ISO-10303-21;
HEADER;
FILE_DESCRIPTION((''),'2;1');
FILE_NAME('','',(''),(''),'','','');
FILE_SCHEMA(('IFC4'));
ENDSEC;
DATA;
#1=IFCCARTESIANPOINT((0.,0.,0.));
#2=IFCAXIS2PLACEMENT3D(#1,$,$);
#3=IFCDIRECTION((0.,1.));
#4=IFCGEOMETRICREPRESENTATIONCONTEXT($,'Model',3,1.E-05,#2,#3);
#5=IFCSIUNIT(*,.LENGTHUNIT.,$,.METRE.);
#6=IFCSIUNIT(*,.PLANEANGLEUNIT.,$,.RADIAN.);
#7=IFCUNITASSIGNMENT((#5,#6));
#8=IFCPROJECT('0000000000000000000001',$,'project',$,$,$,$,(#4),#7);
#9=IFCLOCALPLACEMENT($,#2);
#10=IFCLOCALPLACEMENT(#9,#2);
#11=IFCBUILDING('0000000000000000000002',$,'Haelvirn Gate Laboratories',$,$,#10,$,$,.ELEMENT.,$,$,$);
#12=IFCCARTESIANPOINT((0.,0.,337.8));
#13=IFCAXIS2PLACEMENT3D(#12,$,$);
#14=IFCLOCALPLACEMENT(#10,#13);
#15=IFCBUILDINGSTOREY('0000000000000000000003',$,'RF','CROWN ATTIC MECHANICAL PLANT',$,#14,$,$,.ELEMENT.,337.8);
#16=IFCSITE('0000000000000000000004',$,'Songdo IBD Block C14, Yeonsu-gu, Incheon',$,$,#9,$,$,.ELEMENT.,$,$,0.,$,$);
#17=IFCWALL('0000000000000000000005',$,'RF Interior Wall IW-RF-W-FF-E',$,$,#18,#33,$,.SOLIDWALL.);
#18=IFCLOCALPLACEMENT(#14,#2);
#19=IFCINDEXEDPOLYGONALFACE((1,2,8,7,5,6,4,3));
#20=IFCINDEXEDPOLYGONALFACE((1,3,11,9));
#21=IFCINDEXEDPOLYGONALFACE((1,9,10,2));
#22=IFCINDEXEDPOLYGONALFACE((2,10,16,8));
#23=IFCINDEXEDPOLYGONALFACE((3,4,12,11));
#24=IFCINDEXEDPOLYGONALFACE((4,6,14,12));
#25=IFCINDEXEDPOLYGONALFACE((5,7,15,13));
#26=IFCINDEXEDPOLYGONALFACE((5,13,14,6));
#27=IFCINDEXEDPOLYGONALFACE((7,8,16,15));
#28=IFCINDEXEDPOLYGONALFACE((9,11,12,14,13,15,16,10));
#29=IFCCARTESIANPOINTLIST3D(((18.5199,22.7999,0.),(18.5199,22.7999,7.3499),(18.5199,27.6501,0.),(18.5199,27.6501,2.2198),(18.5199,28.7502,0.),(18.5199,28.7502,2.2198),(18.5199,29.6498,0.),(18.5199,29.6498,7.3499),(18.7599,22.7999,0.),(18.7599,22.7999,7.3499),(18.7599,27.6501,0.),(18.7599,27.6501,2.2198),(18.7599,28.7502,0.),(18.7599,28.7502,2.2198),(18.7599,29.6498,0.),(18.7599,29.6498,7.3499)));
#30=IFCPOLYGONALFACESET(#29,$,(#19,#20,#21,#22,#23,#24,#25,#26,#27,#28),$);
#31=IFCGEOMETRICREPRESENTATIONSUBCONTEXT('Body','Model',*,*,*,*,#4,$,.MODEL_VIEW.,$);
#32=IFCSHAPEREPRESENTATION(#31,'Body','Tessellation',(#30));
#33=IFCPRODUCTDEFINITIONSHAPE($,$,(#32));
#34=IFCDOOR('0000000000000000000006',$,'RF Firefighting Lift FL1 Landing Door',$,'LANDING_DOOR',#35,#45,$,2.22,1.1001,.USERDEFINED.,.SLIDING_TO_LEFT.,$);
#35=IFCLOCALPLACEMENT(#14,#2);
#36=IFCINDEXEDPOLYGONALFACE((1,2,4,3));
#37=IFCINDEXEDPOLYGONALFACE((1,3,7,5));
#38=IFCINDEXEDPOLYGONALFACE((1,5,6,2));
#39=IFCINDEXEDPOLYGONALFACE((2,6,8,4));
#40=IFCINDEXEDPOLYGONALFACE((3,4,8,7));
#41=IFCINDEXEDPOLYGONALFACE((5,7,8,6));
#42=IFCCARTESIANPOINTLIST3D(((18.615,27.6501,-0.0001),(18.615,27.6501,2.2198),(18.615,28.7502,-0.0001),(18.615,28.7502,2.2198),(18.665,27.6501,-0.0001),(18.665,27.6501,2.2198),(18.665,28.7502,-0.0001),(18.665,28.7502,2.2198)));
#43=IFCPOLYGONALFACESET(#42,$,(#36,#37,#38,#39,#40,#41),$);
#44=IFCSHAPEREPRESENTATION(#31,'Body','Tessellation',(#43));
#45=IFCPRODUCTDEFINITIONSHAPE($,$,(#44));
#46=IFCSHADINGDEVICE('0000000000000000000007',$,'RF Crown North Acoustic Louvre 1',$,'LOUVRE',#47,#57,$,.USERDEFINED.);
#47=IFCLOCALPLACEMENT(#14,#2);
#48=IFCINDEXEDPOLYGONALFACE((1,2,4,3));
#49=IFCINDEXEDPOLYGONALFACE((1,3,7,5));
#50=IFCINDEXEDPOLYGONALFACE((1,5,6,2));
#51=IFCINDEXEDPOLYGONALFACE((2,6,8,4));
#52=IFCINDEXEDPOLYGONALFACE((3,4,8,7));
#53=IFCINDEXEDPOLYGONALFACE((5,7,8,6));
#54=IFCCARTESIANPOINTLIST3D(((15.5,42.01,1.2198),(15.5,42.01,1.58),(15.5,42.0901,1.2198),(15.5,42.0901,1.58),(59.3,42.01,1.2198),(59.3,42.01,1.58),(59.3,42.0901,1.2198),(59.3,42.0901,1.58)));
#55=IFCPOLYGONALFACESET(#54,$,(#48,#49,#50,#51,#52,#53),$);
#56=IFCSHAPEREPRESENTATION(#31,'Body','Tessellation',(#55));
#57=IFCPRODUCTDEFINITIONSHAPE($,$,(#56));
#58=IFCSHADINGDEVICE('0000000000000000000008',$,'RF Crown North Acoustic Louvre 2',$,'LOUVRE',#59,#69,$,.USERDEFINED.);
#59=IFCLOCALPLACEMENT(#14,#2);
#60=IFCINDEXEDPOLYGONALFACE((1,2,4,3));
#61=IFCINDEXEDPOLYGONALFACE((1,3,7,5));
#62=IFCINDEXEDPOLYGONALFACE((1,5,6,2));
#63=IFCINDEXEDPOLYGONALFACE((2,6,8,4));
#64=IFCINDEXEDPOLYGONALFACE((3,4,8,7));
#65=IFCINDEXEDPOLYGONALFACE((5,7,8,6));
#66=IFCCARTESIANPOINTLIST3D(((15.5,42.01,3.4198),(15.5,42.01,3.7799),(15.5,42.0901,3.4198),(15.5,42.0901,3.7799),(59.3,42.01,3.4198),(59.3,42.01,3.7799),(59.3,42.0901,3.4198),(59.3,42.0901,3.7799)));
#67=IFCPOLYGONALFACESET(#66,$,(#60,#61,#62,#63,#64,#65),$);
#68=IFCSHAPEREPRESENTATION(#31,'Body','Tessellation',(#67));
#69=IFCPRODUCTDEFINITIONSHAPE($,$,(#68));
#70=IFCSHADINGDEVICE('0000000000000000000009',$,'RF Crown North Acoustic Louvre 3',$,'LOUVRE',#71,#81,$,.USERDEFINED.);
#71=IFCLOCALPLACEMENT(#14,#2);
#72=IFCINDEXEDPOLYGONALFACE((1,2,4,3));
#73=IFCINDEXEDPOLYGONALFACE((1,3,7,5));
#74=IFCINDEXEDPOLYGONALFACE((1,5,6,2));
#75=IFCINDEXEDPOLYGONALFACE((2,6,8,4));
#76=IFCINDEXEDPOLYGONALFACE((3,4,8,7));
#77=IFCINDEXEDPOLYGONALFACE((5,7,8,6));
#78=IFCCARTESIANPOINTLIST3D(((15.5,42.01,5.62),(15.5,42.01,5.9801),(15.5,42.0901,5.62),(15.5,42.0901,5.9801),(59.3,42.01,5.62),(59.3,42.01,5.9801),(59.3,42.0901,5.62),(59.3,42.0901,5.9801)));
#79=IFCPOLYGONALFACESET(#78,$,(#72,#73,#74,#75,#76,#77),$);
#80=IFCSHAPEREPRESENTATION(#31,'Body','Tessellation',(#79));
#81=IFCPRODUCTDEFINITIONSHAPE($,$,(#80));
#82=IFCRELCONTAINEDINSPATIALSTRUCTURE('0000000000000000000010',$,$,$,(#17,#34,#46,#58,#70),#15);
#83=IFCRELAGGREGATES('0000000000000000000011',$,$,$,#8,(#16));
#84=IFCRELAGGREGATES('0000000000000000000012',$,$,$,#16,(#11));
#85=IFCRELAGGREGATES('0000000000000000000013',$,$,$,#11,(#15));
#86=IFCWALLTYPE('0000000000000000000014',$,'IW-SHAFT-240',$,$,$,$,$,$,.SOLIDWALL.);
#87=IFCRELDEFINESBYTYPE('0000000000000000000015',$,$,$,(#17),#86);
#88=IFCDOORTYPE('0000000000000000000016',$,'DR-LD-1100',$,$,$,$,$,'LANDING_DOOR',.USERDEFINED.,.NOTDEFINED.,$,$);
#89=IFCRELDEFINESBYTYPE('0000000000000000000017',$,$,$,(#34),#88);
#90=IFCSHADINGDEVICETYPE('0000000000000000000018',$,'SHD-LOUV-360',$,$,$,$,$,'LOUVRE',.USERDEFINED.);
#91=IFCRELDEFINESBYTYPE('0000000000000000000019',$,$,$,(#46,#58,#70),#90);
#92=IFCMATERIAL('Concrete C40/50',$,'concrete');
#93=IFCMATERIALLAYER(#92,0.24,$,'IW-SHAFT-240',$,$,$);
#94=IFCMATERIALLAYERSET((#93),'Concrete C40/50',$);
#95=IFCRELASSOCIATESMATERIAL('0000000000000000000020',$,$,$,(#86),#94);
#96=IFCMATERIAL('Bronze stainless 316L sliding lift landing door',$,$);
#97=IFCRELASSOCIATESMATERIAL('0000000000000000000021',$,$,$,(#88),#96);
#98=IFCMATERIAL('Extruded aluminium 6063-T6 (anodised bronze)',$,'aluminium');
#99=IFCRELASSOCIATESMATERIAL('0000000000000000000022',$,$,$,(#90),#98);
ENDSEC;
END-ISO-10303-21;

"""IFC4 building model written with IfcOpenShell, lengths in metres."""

from ifc_helpers import new_model, si_unit, direction, frame, frame_2d, origin, origin_2d, place, context, subcontext, project, spatial, rectangle, extrude, source, transform, mapped, material, layer, layer_set, material_profile, profile_set, type_object, type_shapes, element, fill, save


model = new_model("IFC4")

# Units and contexts
model_context = context("Model", 3, precision=1e-05, world=origin(), true_north=direction((0.0, 1.0)))
body_context = subcontext(model_context, "Body", "Model", "MODEL_VIEW")
ifc_project = project(units=[si_unit("LENGTHUNIT", "METRE"), si_unit("PLANEANGLEUNIT", "RADIAN")], contexts=[model_context])

# Site, building, storey
site_placement = place(None, origin())
site = spatial("IfcSite", under=ifc_project, at=site_placement, Name="Songdo IBD Block C14, Yeonsu-gu, Incheon", CompositionType="ELEMENT", RefElevation=0.0)
building_placement = place(site_placement, origin())
building = spatial("IfcBuilding", under=site, at=building_placement, Name="Haelvirn Gate Laboratories", CompositionType="ELEMENT")
storey_placement = place(building_placement, frame((0.0, 0.0, 337.8)))
storey = spatial("IfcBuildingStorey", under=building, at=storey_placement, Name="RF", Description="CROWN ATTIC MECHANICAL PLANT", CompositionType="ELEMENT", Elevation=337.8)

# Shared definitions
ifc_material_1 = material(Name="Extruded aluminium 6063-T6 (anodised bronze)", Category="aluminium")

# Shared definitions
ifc_material_2 = material(Name="Concrete C40/50", Category="concrete")

# Wall, opening, door
ifc_layer_1 = layer(ifc_material_2, 0.24, Name="IW-SHAFT-240")
ifc_layer_set_1 = layer_set([ifc_layer_1], Name="Concrete C40/50")
wall_type_1 = type_object("IfcWallType", Name="IW-SHAFT-240", PredefinedType="SOLIDWALL", material=ifc_layer_set_1)
wall_1_placement = place(storey_placement, frame((18.6399, 22.8, 0.0), z_axis=(0.0, 0.0, 1.0), x_axis=(0.0, 1.0, 0.0)))
wall_1 = element("IfcWall", 1, at=wall_1_placement, inside=storey, type_object=wall_type_1, Name="RF Interior Wall IW-RF-W-FF-E", PredefinedType="SOLIDWALL", context=body_context, shape_type="SweptSolid", body=[
    extrude(rectangle(XDim=6.8499, YDim=0.24, at=frame_2d((3.4248, 0.0))), origin(), (0.0, 0.0, 1.0), 7.3499),
])
opening_placement = place(wall_1_placement, frame((4.8501, 0.0, 0.0)))
opening = element("IfcOpeningElement", 2, at=opening_placement, cuts=wall_1, PredefinedType="OPENING", context=body_context, shape_type="SweptSolid", body=[
    extrude(rectangle(XDim=1.1001, YDim=2.22, at=frame_2d((0.55, 1.1099))), frame((0.0, 0.1299, 0.0), z_axis=(0.0, -1.0, 0.0), x_axis=(1.0, 0.0, 0.0)), (0.0, 0.0, 1.0), 0.26),
])
ifc_material_3 = material(Name="Bronze stainless 316L sliding lift landing door")
door_type = type_object("IfcDoorType", Name="DR-LD-1100", ElementType="LANDING_DOOR", OperationType="NOTDEFINED", PredefinedType="USERDEFINED", material=ifc_material_3)
shared_shape_1 = source(origin(), body_context, "Body", "SweptSolid", [
    extrude(rectangle(XDim=1.1001, YDim=2.22, at=frame_2d((0.55, 1.1099))), frame((0.0, 0.0249, 0.0), z_axis=(0.0, -1.0, 0.0), x_axis=(1.0, 0.0, 0.0)), (0.0, 0.0, 1.0), 0.05),
])
type_shapes(door_type, [shared_shape_1])
door_placement = place(opening_placement, origin())
door = element("IfcDoor", 3, at=door_placement, inside=storey, type_object=door_type, Name="RF Firefighting Lift FL1 Landing Door", ObjectType="LANDING_DOOR", OperationType="SLIDING_TO_LEFT", OverallHeight=2.22, OverallWidth=1.1001, PredefinedType="USERDEFINED", context=body_context, shape_type="MappedRepresentation", body=[
    mapped(shared_shape_1, transform((0.0, 0.0, 0.0), scale=1.0)),
])
fill(opening, door)

# Shading devices
ifc_material_profile_1 = material_profile(ifc_material_1, rectangle(XDim=0.0801, YDim=0.3601, at=origin_2d()), Name="LOUV-360x80")
ifc_profile_set_1 = profile_set([ifc_material_profile_1], Name="Extruded aluminium 6063-T6 (anodised bronze)")
shading_device_type = type_object("IfcShadingDeviceType", Name="SHD-LOUV-360", ElementType="LOUVRE", PredefinedType="USERDEFINED", material=ifc_profile_set_1)
shared_shape_2 = source(origin(), body_context, "Body", "SweptSolid", [
    extrude(rectangle(XDim=0.0801, YDim=0.3601, at=origin_2d()), origin(), (0.0, 0.0, 1.0), 43.8),
])
type_shapes(shading_device_type, [shared_shape_2])
for number, where, z_axis, x_axis, name in (
    (4, (15.5, 42.05, 1.3999), (1.0, 0.0, 0.0), (0.0, 1.0, 0.0), "RF Crown North Acoustic Louvre 1"),
    (5, (15.5, 42.05, 3.5999), (1.0, 0.0, 0.0), (0.0, 1.0, 0.0), "RF Crown North Acoustic Louvre 2"),
    (6, (15.5, 42.05, 5.8), (1.0, 0.0, 0.0), (0.0, 1.0, 0.0), "RF Crown North Acoustic Louvre 3"),
):
    element("IfcShadingDevice", number, at=place(storey_placement, frame(where, z_axis=z_axis, x_axis=x_axis)), inside=storey, type_object=shading_device_type, Name=name, ObjectType="LOUVRE", PredefinedType="USERDEFINED", context=body_context, shape_type="MappedRepresentation", body=[
        mapped(shared_shape_2, transform((0.0, 0.0, 0.0), scale=1.0)),
    ])

save(model, "model.ifc")
